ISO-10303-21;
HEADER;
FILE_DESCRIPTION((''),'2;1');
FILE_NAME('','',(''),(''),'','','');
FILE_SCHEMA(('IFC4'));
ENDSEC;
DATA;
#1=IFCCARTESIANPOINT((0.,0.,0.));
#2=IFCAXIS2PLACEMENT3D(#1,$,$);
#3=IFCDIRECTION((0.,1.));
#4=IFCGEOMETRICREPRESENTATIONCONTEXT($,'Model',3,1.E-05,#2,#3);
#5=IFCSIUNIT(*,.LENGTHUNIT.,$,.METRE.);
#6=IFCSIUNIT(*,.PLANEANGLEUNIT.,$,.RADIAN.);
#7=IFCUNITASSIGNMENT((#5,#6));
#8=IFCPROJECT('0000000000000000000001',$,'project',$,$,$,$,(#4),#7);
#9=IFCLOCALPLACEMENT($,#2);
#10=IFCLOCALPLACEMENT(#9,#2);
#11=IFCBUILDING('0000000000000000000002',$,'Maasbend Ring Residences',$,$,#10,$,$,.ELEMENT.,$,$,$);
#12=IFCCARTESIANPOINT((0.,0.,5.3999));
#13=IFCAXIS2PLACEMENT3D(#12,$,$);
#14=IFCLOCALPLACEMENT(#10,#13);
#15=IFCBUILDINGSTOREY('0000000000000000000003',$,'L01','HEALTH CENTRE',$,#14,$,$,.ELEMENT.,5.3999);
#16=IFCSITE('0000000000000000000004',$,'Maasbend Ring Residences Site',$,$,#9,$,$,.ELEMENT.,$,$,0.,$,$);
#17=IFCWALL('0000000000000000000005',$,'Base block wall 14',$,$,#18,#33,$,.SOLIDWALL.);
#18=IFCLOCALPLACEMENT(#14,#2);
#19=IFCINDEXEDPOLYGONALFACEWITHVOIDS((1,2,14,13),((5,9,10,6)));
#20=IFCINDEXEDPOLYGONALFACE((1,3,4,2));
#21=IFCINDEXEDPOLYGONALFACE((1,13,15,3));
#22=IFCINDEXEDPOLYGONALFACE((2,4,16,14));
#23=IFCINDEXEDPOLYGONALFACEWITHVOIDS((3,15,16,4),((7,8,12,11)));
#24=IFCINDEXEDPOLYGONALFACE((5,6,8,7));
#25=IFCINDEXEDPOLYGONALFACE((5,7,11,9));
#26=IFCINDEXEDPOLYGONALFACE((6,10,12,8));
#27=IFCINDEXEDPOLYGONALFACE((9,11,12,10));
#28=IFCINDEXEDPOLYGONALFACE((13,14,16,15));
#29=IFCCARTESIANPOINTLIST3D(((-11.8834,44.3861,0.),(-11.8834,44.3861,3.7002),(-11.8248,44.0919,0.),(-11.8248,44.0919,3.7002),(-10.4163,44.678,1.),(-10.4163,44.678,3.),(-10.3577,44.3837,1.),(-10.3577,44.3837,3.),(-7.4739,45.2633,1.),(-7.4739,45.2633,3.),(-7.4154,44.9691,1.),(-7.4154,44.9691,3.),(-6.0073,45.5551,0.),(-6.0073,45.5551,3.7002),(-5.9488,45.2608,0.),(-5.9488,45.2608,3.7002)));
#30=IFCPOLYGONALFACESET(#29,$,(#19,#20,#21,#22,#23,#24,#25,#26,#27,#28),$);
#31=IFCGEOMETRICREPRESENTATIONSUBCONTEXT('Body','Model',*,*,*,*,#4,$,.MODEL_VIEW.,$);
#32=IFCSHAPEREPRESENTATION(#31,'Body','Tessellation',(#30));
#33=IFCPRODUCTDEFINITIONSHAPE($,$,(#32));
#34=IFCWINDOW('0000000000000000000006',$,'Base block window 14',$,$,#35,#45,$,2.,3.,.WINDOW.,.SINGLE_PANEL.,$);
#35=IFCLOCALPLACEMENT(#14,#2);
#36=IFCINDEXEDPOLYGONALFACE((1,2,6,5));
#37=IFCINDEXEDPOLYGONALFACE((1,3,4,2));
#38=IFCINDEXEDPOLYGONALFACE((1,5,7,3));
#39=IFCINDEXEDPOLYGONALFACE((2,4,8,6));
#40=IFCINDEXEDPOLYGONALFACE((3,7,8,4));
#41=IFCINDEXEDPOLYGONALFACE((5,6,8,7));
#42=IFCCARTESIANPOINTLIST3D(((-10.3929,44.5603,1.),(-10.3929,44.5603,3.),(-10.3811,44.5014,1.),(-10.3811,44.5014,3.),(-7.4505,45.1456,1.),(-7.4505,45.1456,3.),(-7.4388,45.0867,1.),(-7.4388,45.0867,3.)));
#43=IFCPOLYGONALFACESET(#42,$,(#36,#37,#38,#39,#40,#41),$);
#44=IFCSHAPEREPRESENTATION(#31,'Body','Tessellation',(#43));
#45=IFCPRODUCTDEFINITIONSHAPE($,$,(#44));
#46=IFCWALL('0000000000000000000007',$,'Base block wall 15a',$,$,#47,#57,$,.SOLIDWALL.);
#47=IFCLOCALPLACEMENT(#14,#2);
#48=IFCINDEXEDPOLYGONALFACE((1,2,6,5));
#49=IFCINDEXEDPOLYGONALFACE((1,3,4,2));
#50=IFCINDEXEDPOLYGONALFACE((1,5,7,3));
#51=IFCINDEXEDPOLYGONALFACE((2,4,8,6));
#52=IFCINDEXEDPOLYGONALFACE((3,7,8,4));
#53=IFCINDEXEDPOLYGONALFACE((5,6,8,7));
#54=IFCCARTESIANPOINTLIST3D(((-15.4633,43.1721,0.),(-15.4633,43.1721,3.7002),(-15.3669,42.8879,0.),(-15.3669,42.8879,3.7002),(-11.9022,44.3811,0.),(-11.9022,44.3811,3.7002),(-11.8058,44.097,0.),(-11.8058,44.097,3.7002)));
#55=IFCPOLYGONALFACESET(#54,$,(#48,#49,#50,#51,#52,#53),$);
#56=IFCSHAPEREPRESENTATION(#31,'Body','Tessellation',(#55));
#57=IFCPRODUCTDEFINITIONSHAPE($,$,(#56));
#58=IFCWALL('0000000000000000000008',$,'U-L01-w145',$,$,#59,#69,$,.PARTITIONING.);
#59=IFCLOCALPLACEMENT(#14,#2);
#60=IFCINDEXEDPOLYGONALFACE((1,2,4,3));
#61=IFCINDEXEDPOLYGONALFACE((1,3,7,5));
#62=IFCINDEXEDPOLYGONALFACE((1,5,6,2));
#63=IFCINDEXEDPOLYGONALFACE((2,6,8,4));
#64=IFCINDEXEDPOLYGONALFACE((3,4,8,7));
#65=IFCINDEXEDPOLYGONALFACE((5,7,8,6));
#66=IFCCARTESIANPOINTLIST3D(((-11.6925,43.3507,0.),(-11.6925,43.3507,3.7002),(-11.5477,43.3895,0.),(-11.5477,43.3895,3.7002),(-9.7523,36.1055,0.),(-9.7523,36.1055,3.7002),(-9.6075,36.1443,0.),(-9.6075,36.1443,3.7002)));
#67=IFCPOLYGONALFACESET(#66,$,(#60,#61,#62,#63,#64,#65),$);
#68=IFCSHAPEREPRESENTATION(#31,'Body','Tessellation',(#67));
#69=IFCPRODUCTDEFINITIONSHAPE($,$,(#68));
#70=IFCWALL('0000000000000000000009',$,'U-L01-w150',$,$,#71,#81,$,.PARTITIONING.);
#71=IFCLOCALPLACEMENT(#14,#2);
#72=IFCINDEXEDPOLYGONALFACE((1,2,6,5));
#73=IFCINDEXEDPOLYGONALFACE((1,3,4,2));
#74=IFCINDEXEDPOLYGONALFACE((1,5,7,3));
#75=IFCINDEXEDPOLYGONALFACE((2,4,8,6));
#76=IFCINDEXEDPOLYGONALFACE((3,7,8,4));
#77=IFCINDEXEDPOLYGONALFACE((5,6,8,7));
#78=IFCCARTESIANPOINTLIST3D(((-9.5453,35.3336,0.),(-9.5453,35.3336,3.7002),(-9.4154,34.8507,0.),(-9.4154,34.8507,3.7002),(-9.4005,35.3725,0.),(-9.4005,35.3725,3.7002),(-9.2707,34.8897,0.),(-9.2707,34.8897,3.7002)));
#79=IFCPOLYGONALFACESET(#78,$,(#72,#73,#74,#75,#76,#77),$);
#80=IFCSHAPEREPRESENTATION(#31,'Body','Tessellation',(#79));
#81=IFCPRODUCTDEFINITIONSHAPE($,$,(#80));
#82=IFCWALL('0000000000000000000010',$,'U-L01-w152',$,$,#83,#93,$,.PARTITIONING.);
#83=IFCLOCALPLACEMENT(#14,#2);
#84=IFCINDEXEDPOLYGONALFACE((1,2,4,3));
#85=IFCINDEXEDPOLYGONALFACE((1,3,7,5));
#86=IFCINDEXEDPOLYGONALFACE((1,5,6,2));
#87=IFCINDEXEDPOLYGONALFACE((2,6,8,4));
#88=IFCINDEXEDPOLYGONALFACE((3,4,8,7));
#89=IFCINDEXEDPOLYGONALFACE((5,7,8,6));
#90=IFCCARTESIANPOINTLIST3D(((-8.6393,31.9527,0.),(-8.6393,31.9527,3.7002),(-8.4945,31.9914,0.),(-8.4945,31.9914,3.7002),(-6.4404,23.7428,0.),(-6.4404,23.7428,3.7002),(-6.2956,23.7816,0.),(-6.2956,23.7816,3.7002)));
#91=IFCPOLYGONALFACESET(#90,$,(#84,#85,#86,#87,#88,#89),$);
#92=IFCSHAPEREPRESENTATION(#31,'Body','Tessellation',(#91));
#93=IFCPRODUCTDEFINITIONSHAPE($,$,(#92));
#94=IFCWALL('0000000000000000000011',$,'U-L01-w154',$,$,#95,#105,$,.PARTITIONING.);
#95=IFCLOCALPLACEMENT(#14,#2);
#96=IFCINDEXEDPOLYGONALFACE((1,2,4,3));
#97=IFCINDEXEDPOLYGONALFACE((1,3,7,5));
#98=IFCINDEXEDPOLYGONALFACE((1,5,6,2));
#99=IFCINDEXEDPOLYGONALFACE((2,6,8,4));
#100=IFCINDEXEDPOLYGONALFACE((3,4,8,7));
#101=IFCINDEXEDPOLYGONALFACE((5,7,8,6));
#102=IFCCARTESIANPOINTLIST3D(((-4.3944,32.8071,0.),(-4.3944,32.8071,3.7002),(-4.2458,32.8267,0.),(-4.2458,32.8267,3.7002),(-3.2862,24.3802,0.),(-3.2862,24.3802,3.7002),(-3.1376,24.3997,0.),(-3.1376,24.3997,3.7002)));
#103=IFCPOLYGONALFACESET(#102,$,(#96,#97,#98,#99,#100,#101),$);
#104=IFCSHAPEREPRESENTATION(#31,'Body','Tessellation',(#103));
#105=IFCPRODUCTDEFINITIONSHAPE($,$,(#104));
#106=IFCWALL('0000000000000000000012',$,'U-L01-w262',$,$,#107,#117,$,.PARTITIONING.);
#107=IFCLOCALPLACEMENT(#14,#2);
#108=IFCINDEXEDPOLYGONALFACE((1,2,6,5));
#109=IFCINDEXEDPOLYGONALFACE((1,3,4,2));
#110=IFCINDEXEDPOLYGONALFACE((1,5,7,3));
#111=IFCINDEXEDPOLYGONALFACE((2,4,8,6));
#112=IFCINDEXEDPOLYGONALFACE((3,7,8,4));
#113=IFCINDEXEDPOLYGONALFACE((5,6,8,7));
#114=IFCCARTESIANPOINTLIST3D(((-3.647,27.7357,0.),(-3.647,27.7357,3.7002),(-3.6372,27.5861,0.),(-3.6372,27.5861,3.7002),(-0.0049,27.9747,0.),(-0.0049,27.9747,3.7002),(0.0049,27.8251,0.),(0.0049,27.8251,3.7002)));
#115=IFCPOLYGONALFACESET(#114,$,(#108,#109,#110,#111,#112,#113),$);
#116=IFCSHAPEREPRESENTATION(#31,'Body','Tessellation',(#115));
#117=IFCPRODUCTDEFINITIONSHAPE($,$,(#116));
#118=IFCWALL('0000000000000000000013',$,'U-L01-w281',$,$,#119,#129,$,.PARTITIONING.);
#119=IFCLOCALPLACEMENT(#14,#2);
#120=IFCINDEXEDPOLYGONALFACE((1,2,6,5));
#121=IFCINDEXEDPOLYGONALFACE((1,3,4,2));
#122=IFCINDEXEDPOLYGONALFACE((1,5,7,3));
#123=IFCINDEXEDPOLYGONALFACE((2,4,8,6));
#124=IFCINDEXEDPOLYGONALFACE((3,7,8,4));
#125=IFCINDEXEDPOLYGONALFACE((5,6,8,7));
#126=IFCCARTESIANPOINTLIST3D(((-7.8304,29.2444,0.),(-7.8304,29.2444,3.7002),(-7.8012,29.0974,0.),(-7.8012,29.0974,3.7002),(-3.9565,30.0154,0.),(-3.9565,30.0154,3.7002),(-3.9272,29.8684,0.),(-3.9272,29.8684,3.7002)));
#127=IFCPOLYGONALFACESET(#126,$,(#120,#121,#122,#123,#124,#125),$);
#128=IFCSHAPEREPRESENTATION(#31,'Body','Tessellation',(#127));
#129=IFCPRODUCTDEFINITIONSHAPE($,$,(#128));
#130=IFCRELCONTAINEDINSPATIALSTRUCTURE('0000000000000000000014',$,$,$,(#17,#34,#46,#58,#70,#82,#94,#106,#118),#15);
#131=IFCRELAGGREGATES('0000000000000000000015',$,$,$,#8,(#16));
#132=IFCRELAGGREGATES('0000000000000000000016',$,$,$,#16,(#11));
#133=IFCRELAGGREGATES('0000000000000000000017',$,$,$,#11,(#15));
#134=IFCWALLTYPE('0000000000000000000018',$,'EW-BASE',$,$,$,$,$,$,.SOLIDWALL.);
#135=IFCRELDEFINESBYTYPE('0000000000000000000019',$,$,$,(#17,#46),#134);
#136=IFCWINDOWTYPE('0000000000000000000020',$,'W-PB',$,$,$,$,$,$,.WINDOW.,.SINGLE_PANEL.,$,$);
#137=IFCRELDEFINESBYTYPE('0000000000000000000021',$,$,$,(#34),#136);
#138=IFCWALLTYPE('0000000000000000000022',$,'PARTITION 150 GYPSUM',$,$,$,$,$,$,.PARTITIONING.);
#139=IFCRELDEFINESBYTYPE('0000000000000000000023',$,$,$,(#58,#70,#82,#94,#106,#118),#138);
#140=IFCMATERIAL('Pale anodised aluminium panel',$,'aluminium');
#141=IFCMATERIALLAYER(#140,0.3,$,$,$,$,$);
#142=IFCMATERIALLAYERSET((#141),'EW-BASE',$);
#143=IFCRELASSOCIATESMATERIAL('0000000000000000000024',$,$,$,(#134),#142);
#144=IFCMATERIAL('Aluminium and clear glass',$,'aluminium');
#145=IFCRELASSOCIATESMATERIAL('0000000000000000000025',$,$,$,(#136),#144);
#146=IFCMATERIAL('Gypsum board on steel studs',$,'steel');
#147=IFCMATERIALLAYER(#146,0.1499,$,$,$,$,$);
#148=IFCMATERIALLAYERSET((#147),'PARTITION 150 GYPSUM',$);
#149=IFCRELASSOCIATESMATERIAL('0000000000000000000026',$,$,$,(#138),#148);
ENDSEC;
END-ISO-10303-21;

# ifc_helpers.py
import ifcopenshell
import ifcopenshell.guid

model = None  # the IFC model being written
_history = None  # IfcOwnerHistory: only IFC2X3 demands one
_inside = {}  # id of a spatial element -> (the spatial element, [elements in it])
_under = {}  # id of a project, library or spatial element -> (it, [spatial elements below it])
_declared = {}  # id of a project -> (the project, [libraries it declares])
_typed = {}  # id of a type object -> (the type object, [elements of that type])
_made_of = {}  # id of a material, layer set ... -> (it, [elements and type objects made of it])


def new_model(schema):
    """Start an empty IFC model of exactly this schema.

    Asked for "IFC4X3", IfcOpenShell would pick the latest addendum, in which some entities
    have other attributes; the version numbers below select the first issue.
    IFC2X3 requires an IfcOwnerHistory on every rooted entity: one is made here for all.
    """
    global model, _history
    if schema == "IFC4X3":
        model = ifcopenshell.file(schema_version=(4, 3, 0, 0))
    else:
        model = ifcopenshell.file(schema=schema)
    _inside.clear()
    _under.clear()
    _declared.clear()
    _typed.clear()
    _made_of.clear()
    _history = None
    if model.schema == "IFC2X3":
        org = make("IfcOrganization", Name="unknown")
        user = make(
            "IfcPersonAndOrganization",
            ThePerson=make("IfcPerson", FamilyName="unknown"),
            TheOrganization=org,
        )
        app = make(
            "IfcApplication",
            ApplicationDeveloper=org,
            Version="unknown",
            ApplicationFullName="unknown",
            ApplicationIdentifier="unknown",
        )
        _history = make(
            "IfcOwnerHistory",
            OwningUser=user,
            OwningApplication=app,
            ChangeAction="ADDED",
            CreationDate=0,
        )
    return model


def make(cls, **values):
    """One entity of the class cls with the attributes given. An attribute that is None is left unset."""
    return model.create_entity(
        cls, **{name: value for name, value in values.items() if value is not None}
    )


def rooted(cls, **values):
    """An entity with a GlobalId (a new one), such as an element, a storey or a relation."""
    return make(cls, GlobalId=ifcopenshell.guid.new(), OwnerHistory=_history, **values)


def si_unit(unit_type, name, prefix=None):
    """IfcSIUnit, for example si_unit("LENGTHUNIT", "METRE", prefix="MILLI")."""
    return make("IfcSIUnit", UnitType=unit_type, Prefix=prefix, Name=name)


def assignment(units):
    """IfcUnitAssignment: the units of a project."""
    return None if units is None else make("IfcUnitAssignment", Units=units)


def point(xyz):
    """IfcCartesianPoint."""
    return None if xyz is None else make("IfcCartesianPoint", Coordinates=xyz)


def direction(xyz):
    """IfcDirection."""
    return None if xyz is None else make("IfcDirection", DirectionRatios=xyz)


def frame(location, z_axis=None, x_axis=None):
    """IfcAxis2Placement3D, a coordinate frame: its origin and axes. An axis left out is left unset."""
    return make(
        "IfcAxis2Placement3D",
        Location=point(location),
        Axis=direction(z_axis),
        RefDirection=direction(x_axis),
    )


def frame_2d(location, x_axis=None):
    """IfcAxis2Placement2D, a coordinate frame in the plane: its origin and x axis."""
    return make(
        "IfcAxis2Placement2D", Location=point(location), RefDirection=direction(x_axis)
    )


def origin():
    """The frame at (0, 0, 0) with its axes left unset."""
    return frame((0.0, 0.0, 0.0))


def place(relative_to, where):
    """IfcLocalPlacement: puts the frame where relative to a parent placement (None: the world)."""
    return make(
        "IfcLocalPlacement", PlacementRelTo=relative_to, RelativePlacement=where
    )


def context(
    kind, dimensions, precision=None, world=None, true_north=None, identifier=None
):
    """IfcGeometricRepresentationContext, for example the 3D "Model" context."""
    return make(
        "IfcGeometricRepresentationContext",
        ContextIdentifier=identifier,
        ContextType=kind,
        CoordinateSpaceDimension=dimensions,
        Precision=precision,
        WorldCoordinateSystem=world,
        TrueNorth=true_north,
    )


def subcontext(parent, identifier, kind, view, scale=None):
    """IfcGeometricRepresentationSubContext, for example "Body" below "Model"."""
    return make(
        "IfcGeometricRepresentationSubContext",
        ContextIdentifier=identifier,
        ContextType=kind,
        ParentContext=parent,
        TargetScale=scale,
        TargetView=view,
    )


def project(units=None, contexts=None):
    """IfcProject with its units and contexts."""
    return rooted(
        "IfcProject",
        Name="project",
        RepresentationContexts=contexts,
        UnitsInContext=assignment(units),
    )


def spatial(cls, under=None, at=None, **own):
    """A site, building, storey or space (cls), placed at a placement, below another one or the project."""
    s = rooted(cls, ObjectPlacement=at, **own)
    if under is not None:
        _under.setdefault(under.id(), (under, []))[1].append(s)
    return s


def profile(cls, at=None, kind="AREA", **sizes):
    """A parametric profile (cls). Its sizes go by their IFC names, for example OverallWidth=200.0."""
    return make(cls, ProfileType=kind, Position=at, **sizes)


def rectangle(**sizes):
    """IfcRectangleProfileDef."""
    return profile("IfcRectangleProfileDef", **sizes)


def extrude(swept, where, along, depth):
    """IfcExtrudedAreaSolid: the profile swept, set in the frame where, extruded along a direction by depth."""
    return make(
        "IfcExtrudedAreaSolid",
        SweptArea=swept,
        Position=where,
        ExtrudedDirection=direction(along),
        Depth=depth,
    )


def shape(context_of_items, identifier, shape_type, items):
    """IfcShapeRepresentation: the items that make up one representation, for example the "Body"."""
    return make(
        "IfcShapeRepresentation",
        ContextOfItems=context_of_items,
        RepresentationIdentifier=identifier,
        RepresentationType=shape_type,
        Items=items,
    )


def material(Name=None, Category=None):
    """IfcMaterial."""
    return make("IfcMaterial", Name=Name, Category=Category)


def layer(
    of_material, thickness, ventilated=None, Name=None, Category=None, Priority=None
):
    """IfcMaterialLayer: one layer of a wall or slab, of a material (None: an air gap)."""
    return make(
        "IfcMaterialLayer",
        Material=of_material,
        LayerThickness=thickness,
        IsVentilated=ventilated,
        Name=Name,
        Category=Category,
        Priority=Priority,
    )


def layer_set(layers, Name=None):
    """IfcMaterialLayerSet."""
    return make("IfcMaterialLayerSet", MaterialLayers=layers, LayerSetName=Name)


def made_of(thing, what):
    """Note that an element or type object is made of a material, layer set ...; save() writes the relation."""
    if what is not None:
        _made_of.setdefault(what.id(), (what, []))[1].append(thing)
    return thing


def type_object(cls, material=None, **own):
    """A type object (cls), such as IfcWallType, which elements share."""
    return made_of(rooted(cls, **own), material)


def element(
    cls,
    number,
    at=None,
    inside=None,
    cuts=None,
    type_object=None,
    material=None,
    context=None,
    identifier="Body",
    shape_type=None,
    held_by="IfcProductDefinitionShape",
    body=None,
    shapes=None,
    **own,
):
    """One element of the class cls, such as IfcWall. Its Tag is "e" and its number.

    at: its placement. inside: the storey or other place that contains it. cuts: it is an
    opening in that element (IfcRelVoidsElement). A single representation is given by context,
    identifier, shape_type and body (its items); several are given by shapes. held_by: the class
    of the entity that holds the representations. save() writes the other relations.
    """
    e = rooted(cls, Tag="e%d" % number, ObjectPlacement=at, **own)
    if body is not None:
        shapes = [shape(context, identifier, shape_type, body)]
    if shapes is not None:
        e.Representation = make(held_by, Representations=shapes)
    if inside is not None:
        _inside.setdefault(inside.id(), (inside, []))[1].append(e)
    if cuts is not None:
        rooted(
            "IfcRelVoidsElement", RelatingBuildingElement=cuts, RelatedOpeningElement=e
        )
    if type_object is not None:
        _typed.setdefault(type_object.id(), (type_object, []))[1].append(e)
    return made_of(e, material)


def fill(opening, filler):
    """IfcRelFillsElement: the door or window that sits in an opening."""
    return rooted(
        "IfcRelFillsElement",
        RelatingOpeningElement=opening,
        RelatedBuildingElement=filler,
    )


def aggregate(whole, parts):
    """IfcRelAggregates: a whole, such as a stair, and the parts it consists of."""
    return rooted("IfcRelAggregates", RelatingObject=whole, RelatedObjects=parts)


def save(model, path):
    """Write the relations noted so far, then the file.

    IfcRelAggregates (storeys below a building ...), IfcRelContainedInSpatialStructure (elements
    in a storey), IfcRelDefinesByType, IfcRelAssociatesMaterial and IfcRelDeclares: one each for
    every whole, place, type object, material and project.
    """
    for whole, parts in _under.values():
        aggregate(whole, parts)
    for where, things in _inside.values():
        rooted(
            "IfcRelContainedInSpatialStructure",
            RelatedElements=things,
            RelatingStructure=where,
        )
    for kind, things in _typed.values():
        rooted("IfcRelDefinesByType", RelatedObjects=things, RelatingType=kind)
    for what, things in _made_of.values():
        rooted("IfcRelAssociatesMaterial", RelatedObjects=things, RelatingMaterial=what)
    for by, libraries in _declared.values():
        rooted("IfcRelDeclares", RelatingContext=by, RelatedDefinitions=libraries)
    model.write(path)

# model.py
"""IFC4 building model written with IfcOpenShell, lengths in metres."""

from ifc_helpers import new_model, si_unit, direction, frame, frame_2d, origin, place, context, subcontext, project, spatial, rectangle, extrude, material, layer, layer_set, type_object, element, fill, save


model = new_model("IFC4")

# Units and contexts
model_context = context("Model", 3, precision=1e-05, world=origin(), true_north=direction((0.0, 1.0)))
body_context = subcontext(model_context, "Body", "Model", "MODEL_VIEW")
ifc_project = project(units=[si_unit("LENGTHUNIT", "METRE"), si_unit("PLANEANGLEUNIT", "RADIAN")], contexts=[model_context])

# Site, building, storey
site_placement = place(None, origin())
site = spatial("IfcSite", under=ifc_project, at=site_placement, Name="Maasbend Ring Residences Site", CompositionType="ELEMENT", RefElevation=0.0)
building_placement = place(site_placement, origin())
building = spatial("IfcBuilding", under=site, at=building_placement, Name="Maasbend Ring Residences", CompositionType="ELEMENT")
storey_placement = place(building_placement, frame((0.0, 0.0, 5.3999)))
storey = spatial("IfcBuildingStorey", under=building, at=storey_placement, Name="L01", Description="HEALTH CENTRE", CompositionType="ELEMENT", Elevation=5.3999)

# Wall, opening, window
ifc_material_1 = material(Name="Pale anodised aluminium panel", Category="aluminium")
ifc_layer_1 = layer(ifc_material_1, 0.3)
ifc_layer_set_1 = layer_set([ifc_layer_1], Name="EW-BASE")
wall_type_1 = type_object("IfcWallType", Name="EW-BASE", PredefinedType="SOLIDWALL", material=ifc_layer_set_1)
wall_1_placement = place(storey_placement, frame((-5.978, 45.408, 0.0), z_axis=(0.0, 0.0, 1.0), x_axis=(-0.980781, -0.195113, 0.0)))
wall_1 = element("IfcWall", 1, at=wall_1_placement, inside=storey, type_object=wall_type_1, Name="Base block wall 14", PredefinedType="SOLIDWALL", context=body_context, shape_type="SweptSolid", body=[
    extrude(rectangle(XDim=5.9912, YDim=0.3, at=frame_2d((2.9956, 0.0))), origin(), (0.0, 0.0, 1.0), 3.7002),
])
opening_1_placement = place(wall_1_placement, frame((1.4954, 0.0, 1.0)))
opening_1 = element("IfcOpeningElement", 2, at=opening_1_placement, cuts=wall_1, PredefinedType="OPENING", context=body_context, shape_type="SweptSolid", body=[
    extrude(rectangle(XDim=3.0, YDim=2.0, at=frame_2d((1.5, 1.0))), frame((0.0, 0.1602, 0.0), z_axis=(0.0, -1.0, 0.0), x_axis=(1.0, 0.0, 0.0)), (0.0, 0.0, 1.0), 0.3201),
])
ifc_material_2 = material(Name="Aluminium and clear glass", Category="aluminium")
window_type = type_object("IfcWindowType", Name="W-PB", PartitioningType="SINGLE_PANEL", PredefinedType="WINDOW", material=ifc_material_2)
window_placement = place(opening_1_placement, origin())
window = element("IfcWindow", 3, at=window_placement, inside=storey, type_object=window_type, Name="Base block window 14", OverallHeight=2.0, OverallWidth=3.0, PartitioningType="SINGLE_PANEL", PredefinedType="WINDOW", context=body_context, shape_type="SweptSolid", body=[
    extrude(rectangle(XDim=3.0, YDim=2.0, at=frame_2d((1.5, 1.0))), frame((0.0, 0.03, 0.0), z_axis=(0.0, -1.0, 0.0), x_axis=(1.0, 0.0, 0.0)), (0.0, 0.0, 1.0), 0.0601),
])
fill(opening_1, window)

# Walls
wall_2_placement = place(storey_placement, frame((-11.854, 44.239, 0.0), z_axis=(0.0, 0.0, 1.0), x_axis=(-0.946916, -0.321481, 0.0)))
element("IfcWall", 4, at=wall_2_placement, inside=storey, type_object=wall_type_1, Name="Base block wall 15a", PredefinedType="SOLIDWALL", context=body_context, shape_type="SweptSolid", body=[
    extrude(rectangle(XDim=3.7607, YDim=0.3, at=frame_2d((1.8804, 0.0))), origin(), (0.0, 0.0, 1.0), 3.7002),
])
ifc_material_3 = material(Name="Gypsum board on steel studs", Category="steel")
ifc_layer_2 = layer(ifc_material_3, 0.1499)
ifc_layer_set_2 = layer_set([ifc_layer_2], Name="PARTITION 150 GYPSUM")
wall_type_2 = type_object("IfcWallType", Name="PARTITION 150 GYPSUM", PredefinedType="PARTITIONING", material=ifc_layer_set_2)
wall_3_placement = place(storey_placement, frame((-11.6201, 43.3701, 0.0), z_axis=(0.0, 0.0, 1.0), x_axis=(0.258678, -0.965964, 0.0)))
element("IfcWall", 5, at=wall_3_placement, inside=storey, type_object=wall_type_2, Name="U-L01-w145", PredefinedType="PARTITIONING", context=body_context, shape_type="SweptSolid", body=[
    extrude(rectangle(XDim=7.5005, YDim=0.1499, at=frame_2d((3.7502, 0.0))), origin(), (0.0, 0.0, 1.0), 3.7002),
])
wall_4_placement = place(storey_placement, frame((-9.4729, 35.353, 0.0), z_axis=(0.0, 0.0, 1.0), x_axis=(0.259728, -0.965682, 0.0)))
element("IfcWall", 6, at=wall_4_placement, inside=storey, type_object=wall_type_2, Name="U-L01-w150", PredefinedType="PARTITIONING", context=body_context, shape_type="SweptSolid", body=[
    extrude(rectangle(XDim=0.5, YDim=0.1499, at=frame_2d((0.25, 0.0))), origin(), (0.0, 0.0, 1.0), 3.7002),
])
wall_5_placement = place(storey_placement, frame((-8.5669, 31.9719, 0.0), z_axis=(0.0, 0.0, 1.0), x_axis=(0.258723, -0.965952, 0.0)))
element("IfcWall", 7, at=wall_5_placement, inside=storey, type_object=wall_type_2, Name="U-L01-w152", PredefinedType="PARTITIONING", context=body_context, shape_type="SweptSolid", body=[
    extrude(rectangle(XDim=8.4993, YDim=0.1499, at=frame_2d((4.2495, 0.0))), origin(), (0.0, 0.0, 1.0), 3.7002),
])
wall_6_placement = place(storey_placement, frame((-4.3201, 32.8169, 0.0), z_axis=(0.0, 0.0, 1.0), x_axis=(0.130378, -0.991464, 0.0)))
element("IfcWall", 8, at=wall_6_placement, inside=storey, type_object=wall_type_2, Name="U-L01-w154", PredefinedType="PARTITIONING", context=body_context, shape_type="SweptSolid", body=[
    extrude(rectangle(XDim=8.4995, YDim=0.1499, at=frame_2d((4.2498, 0.0))), origin(), (0.0, 0.0, 1.0), 3.7002),
])
wall_7_placement = place(storey_placement, frame((-3.6421, 27.6609, 0.0), z_axis=(0.0, 0.0, 1.0), x_axis=(0.997854, 0.065485, 0.0)))
element("IfcWall", 9, at=wall_7_placement, inside=storey, type_object=wall_type_2, Name="U-L01-w262", PredefinedType="PARTITIONING", context=body_context, shape_type="SweptSolid", body=[
    extrude(rectangle(XDim=3.6499, YDim=0.1499, at=frame_2d((1.825, 0.0))), origin(), (0.0, 0.0, 1.0), 3.7002),
])
wall_8_placement = place(storey_placement, frame((-7.8159, 29.1709, 0.0), z_axis=(0.0, 0.0, 1.0), x_axis=(0.980766, 0.195189, 0.0)))
element("IfcWall", 10, at=wall_8_placement, inside=storey, type_object=wall_type_2, Name="U-L01-w281", PredefinedType="PARTITIONING", context=body_context, shape_type="SweptSolid", body=[
    extrude(rectangle(XDim=3.95, YDim=0.1499, at=frame_2d((1.9751, 0.0))), origin(), (0.0, 0.0, 1.0), 3.7002),
])

save(model, "model.ifc")
